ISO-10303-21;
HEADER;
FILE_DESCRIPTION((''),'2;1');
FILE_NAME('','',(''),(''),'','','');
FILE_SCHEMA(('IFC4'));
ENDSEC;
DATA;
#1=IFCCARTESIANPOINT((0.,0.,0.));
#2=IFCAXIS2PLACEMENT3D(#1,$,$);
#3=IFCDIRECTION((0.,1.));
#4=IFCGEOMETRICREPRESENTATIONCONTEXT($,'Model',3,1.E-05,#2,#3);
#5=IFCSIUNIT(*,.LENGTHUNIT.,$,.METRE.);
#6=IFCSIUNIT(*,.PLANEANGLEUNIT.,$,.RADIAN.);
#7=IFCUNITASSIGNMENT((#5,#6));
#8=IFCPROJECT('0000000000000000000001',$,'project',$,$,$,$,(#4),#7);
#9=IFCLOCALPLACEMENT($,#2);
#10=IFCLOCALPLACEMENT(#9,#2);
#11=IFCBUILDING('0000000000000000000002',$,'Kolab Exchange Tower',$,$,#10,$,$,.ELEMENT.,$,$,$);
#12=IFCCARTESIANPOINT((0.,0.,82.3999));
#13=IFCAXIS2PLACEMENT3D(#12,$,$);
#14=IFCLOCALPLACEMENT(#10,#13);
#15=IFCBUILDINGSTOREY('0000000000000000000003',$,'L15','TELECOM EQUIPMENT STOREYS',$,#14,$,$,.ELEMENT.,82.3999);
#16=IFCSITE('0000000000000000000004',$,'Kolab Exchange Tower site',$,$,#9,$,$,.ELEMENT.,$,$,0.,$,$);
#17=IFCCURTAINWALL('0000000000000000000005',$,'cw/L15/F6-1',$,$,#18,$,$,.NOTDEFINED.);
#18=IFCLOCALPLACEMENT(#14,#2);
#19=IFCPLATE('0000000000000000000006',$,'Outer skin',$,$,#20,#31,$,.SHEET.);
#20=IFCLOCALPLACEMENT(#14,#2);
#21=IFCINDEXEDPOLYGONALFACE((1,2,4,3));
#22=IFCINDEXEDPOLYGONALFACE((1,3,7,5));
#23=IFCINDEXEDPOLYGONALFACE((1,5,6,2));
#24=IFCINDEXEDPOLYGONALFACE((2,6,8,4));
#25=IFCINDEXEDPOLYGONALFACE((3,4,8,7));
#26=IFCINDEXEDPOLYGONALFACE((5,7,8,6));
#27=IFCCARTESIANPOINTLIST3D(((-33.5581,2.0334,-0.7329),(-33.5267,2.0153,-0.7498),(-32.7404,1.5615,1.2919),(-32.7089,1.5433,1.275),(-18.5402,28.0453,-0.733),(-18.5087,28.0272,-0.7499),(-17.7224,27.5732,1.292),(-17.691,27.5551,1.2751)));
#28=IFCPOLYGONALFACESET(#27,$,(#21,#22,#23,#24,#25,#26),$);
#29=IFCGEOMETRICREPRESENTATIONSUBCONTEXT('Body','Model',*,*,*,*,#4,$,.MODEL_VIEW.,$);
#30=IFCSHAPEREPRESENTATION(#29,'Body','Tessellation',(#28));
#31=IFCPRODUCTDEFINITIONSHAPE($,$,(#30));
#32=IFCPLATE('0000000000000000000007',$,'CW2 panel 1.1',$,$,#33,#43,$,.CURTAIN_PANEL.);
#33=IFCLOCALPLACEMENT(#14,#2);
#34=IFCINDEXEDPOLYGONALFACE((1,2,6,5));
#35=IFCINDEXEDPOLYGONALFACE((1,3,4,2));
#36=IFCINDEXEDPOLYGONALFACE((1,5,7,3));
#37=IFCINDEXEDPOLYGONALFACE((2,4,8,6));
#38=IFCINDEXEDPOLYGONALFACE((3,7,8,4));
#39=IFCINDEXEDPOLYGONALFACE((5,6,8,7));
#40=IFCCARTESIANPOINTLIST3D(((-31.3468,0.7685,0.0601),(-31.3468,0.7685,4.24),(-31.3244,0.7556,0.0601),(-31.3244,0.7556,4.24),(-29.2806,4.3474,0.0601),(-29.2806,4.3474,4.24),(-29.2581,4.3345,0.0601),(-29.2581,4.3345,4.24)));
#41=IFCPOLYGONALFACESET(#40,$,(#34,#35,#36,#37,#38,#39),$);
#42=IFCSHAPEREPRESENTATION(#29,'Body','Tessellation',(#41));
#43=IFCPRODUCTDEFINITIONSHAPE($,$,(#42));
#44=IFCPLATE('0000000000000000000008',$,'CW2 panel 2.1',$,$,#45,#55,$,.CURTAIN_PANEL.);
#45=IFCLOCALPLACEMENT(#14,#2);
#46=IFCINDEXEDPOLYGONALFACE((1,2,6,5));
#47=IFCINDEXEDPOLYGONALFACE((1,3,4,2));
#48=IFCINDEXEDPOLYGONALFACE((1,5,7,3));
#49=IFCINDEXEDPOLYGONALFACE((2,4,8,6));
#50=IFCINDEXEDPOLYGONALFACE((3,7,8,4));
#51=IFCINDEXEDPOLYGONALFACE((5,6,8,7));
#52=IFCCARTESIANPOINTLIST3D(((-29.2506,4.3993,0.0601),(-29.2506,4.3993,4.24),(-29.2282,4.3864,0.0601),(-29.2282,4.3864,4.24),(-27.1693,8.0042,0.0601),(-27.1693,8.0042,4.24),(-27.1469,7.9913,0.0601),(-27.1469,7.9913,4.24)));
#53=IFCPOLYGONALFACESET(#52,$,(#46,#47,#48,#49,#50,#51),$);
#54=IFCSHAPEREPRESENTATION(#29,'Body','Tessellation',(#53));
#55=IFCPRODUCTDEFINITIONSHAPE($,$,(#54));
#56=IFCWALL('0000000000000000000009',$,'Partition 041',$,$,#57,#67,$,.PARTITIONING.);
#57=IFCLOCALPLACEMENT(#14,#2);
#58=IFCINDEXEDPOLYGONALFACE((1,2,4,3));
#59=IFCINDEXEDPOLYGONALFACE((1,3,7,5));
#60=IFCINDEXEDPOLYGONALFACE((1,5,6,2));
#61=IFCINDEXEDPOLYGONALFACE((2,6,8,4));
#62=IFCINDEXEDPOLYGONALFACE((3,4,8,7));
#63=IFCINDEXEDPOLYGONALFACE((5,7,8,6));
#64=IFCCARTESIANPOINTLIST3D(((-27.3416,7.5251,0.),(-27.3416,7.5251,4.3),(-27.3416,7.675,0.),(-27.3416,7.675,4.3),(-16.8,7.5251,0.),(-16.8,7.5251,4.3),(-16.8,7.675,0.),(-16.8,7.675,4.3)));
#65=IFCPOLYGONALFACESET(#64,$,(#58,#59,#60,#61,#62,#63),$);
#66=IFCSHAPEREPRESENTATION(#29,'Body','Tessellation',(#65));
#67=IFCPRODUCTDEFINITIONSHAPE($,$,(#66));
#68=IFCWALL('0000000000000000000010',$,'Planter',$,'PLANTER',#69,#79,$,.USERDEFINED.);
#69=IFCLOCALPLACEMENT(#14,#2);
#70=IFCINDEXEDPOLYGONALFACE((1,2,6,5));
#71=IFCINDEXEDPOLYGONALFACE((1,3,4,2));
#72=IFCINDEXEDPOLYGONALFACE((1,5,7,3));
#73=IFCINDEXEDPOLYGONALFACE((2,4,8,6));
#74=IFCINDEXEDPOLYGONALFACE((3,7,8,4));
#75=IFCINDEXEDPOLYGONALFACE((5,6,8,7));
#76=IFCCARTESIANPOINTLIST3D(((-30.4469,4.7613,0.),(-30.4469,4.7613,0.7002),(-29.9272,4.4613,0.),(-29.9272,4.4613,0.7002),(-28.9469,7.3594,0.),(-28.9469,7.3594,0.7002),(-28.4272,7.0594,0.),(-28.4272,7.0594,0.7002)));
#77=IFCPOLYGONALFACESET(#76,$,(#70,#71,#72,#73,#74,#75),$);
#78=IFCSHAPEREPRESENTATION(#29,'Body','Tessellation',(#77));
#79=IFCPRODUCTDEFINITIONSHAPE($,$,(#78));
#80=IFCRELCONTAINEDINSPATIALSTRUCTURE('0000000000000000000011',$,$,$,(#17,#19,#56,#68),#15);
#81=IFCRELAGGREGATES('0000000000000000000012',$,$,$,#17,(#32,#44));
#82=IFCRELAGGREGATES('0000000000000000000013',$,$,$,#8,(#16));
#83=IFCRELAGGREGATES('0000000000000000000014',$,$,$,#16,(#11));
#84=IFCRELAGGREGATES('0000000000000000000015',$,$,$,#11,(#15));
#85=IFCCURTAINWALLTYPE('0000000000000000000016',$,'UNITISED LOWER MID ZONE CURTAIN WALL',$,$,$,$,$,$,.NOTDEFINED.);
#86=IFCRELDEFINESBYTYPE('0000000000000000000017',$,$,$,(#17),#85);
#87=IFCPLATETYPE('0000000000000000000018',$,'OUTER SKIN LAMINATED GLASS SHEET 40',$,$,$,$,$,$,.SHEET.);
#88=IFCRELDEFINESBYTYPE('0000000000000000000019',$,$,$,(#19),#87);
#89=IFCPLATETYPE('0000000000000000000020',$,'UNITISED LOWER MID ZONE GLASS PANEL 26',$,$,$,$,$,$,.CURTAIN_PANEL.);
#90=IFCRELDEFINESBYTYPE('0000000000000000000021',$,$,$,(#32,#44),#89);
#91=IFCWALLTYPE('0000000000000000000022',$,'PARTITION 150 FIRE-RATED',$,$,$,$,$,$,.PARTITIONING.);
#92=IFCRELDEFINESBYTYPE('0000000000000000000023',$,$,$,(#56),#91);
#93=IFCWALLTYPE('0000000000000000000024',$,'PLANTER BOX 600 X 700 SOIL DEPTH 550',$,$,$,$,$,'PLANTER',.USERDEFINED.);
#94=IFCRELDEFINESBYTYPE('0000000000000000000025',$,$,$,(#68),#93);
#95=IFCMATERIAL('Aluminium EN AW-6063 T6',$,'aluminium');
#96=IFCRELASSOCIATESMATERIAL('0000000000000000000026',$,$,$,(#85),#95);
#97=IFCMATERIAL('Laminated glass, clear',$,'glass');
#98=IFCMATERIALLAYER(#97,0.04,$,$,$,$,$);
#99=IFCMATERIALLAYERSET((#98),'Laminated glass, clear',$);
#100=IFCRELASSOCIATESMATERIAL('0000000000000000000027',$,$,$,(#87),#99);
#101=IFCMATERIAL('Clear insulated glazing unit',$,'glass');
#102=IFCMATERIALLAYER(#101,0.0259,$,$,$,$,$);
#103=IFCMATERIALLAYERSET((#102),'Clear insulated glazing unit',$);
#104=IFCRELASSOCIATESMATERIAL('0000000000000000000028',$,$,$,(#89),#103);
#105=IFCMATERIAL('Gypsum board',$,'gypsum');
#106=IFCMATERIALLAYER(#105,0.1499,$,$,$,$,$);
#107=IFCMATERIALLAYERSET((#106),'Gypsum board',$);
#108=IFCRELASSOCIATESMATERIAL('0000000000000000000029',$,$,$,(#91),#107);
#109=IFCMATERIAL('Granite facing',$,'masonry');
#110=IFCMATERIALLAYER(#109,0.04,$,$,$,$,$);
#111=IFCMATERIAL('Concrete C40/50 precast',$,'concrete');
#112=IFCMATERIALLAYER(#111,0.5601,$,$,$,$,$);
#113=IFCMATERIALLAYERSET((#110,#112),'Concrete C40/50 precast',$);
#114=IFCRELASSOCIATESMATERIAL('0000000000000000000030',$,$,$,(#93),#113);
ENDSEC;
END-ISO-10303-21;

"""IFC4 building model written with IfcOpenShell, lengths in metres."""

from ifc_helpers import new_model, si_unit, direction, frame, frame_2d, origin, origin_2d, place, context, subcontext, project, spatial, polyline, rectangle, outline, extrude, material, layer, layer_set, type_object, element, aggregate, save


model = new_model("IFC4")

# Units and contexts
model_context = context("Model", 3, precision=1e-05, world=origin(), true_north=direction((0.0, 1.0)))
body_context = subcontext(model_context, "Body", "Model", "MODEL_VIEW")
ifc_project = project(units=[si_unit("LENGTHUNIT", "METRE"), si_unit("PLANEANGLEUNIT", "RADIAN")], contexts=[model_context])

# Site, building, storey
site_placement = place(None, origin())
site = spatial("IfcSite", under=ifc_project, at=site_placement, Name="Kolab Exchange Tower site", CompositionType="ELEMENT", RefElevation=0.0)
building_placement = place(site_placement, origin())
building = spatial("IfcBuilding", under=site, at=building_placement, Name="Kolab Exchange Tower", CompositionType="ELEMENT")
storey_placement = place(building_placement, frame((0.0, 0.0, 82.3999)))
storey = spatial("IfcBuildingStorey", under=building, at=storey_placement, Name="L15", Description="TELECOM EQUIPMENT STOREYS", CompositionType="ELEMENT", Elevation=82.3999)

# Curtain wall
ifc_material_1 = material(Name="Aluminium EN AW-6063 T6", Category="aluminium")
curtain_wall_type = type_object("IfcCurtainWallType", Name="UNITISED LOWER MID ZONE CURTAIN WALL", PredefinedType="NOTDEFINED", material=ifc_material_1)
curtain_wall_1_placement = place(storey_placement, origin())
curtain_wall_1 = element("IfcCurtainWall", 1, at=curtain_wall_1_placement, inside=storey, type_object=curtain_wall_type, Name="cw/L15/F6-1", PredefinedType="NOTDEFINED")

# Plates
ifc_material_2 = material(Name="Laminated glass, clear", Category="glass")
ifc_layer_1 = layer(ifc_material_2, 0.04)
ifc_layer_set_1 = layer_set([ifc_layer_1], Name="Laminated glass, clear")
plate_type_1 = type_object("IfcPlateType", Name="OUTER SKIN LAMINATED GLASS SHEET 40", PredefinedType="SHEET", material=ifc_layer_set_1)
plate_1_placement = place(storey_placement, frame((-33.5581, 2.0334, -0.7329), z_axis=(-0.784887, 0.453155, 0.422613), x_axis=(0.499999, 0.866026, -0.000002)))
element("IfcPlate", 2, at=plate_1_placement, inside=storey, type_object=plate_type_1, Name="Outer skin", PredefinedType="SHEET", context=body_context, shape_type="SweptSolid", body=[
    extrude(outline(polyline([(0.0, 0.0), (30.0359, 0.0), (30.036, -2.2343), (0.0001, -2.2342), (0.0, 0.0)])), origin(), (0.0, 0.0, -1.0), 0.04),
])
ifc_material_3 = material(Name="Clear insulated glazing unit", Category="glass")
ifc_layer_2 = layer(ifc_material_3, 0.0259)
ifc_layer_set_2 = layer_set([ifc_layer_2], Name="Clear insulated glazing unit")
plate_type_2 = type_object("IfcPlateType", Name="UNITISED LOWER MID ZONE GLASS PANEL 26", PredefinedType="CURTAIN_PANEL", material=ifc_layer_set_2)
plate_2_placement = place(storey_placement, frame((-30.3025, 2.5515, 0.0601), z_axis=(0.0, 0.0, 1.0), x_axis=(0.5, 0.866025, 0.0)))
plate_2 = element("IfcPlate", 3, at=plate_2_placement, type_object=plate_type_2, Name="CW2 panel 1.1", PredefinedType="CURTAIN_PANEL", context=body_context, shape_type="SweptSolid", body=[
    extrude(rectangle(XDim=4.1326, YDim=0.0259, at=origin_2d()), origin(), (0.0, 0.0, 1.0), 4.1799),
])
plate_3_placement = place(storey_placement, frame((-28.1987, 6.1953, 0.0601), z_axis=(0.0, 0.0, 1.0), x_axis=(0.5, 0.866025, 0.0)))
plate_3 = element("IfcPlate", 4, at=plate_3_placement, type_object=plate_type_2, Name="CW2 panel 2.1", PredefinedType="CURTAIN_PANEL", context=body_context, shape_type="SweptSolid", body=[
    extrude(rectangle(XDim=4.1626, YDim=0.0259, at=origin_2d()), origin(), (0.0, 0.0, 1.0), 4.1799),
])
aggregate(curtain_wall_1, [plate_2, plate_3])

# Walls
ifc_material_4 = material(Name="Gypsum board", Category="gypsum")
ifc_layer_3 = layer(ifc_material_4, 0.1499)
ifc_layer_set_3 = layer_set([ifc_layer_3], Name="Gypsum board")
wall_type_1 = type_object("IfcWallType", Name="PARTITION 150 FIRE-RATED", PredefinedType="PARTITIONING", material=ifc_layer_set_3)
wall_1_placement = place(storey_placement, frame((-27.3416, 7.6001, 0.0), z_axis=(0.0, 0.0, 1.0), x_axis=(1.0, 0.0, 0.0)))
element("IfcWall", 5, at=wall_1_placement, inside=storey, type_object=wall_type_1, Name="Partition 041", PredefinedType="PARTITIONING", context=body_context, shape_type="SweptSolid", body=[
    extrude(rectangle(XDim=10.5415, YDim=0.1499, at=frame_2d((5.2708, 0.0))), origin(), (0.0, 0.0, 1.0), 4.3),
])
ifc_material_5 = material(Name="Granite facing", Category="masonry")
ifc_layer_4 = layer(ifc_material_5, 0.04)
ifc_material_6 = material(Name="Concrete C40/50 precast", Category="concrete")
ifc_layer_5 = layer(ifc_material_6, 0.5601)
ifc_layer_set_4 = layer_set([ifc_layer_4, ifc_layer_5], Name="Concrete C40/50 precast")
wall_type_2 = type_object("IfcWallType", Name="PLANTER BOX 600 X 700 SOIL DEPTH 550", ElementType="PLANTER", PredefinedType="USERDEFINED", material=ifc_layer_set_4)
wall_2_placement = place(storey_placement, frame((-30.187, 4.6113, 0.0), z_axis=(0.0, 0.0, 1.0), x_axis=(0.49999, 0.866031, 0.0)))
element("IfcWall", 6, at=wall_2_placement, inside=storey, type_object=wall_type_2, Name="Planter", ObjectType="PLANTER", PredefinedType="USERDEFINED", context=body_context, shape_type="SweptSolid", body=[
    extrude(rectangle(XDim=3.0, YDim=0.6001, at=frame_2d((1.5, 0.0))), origin(), (0.0, 0.0, 1.0), 0.7002),
])

save(model, "model.ifc")
